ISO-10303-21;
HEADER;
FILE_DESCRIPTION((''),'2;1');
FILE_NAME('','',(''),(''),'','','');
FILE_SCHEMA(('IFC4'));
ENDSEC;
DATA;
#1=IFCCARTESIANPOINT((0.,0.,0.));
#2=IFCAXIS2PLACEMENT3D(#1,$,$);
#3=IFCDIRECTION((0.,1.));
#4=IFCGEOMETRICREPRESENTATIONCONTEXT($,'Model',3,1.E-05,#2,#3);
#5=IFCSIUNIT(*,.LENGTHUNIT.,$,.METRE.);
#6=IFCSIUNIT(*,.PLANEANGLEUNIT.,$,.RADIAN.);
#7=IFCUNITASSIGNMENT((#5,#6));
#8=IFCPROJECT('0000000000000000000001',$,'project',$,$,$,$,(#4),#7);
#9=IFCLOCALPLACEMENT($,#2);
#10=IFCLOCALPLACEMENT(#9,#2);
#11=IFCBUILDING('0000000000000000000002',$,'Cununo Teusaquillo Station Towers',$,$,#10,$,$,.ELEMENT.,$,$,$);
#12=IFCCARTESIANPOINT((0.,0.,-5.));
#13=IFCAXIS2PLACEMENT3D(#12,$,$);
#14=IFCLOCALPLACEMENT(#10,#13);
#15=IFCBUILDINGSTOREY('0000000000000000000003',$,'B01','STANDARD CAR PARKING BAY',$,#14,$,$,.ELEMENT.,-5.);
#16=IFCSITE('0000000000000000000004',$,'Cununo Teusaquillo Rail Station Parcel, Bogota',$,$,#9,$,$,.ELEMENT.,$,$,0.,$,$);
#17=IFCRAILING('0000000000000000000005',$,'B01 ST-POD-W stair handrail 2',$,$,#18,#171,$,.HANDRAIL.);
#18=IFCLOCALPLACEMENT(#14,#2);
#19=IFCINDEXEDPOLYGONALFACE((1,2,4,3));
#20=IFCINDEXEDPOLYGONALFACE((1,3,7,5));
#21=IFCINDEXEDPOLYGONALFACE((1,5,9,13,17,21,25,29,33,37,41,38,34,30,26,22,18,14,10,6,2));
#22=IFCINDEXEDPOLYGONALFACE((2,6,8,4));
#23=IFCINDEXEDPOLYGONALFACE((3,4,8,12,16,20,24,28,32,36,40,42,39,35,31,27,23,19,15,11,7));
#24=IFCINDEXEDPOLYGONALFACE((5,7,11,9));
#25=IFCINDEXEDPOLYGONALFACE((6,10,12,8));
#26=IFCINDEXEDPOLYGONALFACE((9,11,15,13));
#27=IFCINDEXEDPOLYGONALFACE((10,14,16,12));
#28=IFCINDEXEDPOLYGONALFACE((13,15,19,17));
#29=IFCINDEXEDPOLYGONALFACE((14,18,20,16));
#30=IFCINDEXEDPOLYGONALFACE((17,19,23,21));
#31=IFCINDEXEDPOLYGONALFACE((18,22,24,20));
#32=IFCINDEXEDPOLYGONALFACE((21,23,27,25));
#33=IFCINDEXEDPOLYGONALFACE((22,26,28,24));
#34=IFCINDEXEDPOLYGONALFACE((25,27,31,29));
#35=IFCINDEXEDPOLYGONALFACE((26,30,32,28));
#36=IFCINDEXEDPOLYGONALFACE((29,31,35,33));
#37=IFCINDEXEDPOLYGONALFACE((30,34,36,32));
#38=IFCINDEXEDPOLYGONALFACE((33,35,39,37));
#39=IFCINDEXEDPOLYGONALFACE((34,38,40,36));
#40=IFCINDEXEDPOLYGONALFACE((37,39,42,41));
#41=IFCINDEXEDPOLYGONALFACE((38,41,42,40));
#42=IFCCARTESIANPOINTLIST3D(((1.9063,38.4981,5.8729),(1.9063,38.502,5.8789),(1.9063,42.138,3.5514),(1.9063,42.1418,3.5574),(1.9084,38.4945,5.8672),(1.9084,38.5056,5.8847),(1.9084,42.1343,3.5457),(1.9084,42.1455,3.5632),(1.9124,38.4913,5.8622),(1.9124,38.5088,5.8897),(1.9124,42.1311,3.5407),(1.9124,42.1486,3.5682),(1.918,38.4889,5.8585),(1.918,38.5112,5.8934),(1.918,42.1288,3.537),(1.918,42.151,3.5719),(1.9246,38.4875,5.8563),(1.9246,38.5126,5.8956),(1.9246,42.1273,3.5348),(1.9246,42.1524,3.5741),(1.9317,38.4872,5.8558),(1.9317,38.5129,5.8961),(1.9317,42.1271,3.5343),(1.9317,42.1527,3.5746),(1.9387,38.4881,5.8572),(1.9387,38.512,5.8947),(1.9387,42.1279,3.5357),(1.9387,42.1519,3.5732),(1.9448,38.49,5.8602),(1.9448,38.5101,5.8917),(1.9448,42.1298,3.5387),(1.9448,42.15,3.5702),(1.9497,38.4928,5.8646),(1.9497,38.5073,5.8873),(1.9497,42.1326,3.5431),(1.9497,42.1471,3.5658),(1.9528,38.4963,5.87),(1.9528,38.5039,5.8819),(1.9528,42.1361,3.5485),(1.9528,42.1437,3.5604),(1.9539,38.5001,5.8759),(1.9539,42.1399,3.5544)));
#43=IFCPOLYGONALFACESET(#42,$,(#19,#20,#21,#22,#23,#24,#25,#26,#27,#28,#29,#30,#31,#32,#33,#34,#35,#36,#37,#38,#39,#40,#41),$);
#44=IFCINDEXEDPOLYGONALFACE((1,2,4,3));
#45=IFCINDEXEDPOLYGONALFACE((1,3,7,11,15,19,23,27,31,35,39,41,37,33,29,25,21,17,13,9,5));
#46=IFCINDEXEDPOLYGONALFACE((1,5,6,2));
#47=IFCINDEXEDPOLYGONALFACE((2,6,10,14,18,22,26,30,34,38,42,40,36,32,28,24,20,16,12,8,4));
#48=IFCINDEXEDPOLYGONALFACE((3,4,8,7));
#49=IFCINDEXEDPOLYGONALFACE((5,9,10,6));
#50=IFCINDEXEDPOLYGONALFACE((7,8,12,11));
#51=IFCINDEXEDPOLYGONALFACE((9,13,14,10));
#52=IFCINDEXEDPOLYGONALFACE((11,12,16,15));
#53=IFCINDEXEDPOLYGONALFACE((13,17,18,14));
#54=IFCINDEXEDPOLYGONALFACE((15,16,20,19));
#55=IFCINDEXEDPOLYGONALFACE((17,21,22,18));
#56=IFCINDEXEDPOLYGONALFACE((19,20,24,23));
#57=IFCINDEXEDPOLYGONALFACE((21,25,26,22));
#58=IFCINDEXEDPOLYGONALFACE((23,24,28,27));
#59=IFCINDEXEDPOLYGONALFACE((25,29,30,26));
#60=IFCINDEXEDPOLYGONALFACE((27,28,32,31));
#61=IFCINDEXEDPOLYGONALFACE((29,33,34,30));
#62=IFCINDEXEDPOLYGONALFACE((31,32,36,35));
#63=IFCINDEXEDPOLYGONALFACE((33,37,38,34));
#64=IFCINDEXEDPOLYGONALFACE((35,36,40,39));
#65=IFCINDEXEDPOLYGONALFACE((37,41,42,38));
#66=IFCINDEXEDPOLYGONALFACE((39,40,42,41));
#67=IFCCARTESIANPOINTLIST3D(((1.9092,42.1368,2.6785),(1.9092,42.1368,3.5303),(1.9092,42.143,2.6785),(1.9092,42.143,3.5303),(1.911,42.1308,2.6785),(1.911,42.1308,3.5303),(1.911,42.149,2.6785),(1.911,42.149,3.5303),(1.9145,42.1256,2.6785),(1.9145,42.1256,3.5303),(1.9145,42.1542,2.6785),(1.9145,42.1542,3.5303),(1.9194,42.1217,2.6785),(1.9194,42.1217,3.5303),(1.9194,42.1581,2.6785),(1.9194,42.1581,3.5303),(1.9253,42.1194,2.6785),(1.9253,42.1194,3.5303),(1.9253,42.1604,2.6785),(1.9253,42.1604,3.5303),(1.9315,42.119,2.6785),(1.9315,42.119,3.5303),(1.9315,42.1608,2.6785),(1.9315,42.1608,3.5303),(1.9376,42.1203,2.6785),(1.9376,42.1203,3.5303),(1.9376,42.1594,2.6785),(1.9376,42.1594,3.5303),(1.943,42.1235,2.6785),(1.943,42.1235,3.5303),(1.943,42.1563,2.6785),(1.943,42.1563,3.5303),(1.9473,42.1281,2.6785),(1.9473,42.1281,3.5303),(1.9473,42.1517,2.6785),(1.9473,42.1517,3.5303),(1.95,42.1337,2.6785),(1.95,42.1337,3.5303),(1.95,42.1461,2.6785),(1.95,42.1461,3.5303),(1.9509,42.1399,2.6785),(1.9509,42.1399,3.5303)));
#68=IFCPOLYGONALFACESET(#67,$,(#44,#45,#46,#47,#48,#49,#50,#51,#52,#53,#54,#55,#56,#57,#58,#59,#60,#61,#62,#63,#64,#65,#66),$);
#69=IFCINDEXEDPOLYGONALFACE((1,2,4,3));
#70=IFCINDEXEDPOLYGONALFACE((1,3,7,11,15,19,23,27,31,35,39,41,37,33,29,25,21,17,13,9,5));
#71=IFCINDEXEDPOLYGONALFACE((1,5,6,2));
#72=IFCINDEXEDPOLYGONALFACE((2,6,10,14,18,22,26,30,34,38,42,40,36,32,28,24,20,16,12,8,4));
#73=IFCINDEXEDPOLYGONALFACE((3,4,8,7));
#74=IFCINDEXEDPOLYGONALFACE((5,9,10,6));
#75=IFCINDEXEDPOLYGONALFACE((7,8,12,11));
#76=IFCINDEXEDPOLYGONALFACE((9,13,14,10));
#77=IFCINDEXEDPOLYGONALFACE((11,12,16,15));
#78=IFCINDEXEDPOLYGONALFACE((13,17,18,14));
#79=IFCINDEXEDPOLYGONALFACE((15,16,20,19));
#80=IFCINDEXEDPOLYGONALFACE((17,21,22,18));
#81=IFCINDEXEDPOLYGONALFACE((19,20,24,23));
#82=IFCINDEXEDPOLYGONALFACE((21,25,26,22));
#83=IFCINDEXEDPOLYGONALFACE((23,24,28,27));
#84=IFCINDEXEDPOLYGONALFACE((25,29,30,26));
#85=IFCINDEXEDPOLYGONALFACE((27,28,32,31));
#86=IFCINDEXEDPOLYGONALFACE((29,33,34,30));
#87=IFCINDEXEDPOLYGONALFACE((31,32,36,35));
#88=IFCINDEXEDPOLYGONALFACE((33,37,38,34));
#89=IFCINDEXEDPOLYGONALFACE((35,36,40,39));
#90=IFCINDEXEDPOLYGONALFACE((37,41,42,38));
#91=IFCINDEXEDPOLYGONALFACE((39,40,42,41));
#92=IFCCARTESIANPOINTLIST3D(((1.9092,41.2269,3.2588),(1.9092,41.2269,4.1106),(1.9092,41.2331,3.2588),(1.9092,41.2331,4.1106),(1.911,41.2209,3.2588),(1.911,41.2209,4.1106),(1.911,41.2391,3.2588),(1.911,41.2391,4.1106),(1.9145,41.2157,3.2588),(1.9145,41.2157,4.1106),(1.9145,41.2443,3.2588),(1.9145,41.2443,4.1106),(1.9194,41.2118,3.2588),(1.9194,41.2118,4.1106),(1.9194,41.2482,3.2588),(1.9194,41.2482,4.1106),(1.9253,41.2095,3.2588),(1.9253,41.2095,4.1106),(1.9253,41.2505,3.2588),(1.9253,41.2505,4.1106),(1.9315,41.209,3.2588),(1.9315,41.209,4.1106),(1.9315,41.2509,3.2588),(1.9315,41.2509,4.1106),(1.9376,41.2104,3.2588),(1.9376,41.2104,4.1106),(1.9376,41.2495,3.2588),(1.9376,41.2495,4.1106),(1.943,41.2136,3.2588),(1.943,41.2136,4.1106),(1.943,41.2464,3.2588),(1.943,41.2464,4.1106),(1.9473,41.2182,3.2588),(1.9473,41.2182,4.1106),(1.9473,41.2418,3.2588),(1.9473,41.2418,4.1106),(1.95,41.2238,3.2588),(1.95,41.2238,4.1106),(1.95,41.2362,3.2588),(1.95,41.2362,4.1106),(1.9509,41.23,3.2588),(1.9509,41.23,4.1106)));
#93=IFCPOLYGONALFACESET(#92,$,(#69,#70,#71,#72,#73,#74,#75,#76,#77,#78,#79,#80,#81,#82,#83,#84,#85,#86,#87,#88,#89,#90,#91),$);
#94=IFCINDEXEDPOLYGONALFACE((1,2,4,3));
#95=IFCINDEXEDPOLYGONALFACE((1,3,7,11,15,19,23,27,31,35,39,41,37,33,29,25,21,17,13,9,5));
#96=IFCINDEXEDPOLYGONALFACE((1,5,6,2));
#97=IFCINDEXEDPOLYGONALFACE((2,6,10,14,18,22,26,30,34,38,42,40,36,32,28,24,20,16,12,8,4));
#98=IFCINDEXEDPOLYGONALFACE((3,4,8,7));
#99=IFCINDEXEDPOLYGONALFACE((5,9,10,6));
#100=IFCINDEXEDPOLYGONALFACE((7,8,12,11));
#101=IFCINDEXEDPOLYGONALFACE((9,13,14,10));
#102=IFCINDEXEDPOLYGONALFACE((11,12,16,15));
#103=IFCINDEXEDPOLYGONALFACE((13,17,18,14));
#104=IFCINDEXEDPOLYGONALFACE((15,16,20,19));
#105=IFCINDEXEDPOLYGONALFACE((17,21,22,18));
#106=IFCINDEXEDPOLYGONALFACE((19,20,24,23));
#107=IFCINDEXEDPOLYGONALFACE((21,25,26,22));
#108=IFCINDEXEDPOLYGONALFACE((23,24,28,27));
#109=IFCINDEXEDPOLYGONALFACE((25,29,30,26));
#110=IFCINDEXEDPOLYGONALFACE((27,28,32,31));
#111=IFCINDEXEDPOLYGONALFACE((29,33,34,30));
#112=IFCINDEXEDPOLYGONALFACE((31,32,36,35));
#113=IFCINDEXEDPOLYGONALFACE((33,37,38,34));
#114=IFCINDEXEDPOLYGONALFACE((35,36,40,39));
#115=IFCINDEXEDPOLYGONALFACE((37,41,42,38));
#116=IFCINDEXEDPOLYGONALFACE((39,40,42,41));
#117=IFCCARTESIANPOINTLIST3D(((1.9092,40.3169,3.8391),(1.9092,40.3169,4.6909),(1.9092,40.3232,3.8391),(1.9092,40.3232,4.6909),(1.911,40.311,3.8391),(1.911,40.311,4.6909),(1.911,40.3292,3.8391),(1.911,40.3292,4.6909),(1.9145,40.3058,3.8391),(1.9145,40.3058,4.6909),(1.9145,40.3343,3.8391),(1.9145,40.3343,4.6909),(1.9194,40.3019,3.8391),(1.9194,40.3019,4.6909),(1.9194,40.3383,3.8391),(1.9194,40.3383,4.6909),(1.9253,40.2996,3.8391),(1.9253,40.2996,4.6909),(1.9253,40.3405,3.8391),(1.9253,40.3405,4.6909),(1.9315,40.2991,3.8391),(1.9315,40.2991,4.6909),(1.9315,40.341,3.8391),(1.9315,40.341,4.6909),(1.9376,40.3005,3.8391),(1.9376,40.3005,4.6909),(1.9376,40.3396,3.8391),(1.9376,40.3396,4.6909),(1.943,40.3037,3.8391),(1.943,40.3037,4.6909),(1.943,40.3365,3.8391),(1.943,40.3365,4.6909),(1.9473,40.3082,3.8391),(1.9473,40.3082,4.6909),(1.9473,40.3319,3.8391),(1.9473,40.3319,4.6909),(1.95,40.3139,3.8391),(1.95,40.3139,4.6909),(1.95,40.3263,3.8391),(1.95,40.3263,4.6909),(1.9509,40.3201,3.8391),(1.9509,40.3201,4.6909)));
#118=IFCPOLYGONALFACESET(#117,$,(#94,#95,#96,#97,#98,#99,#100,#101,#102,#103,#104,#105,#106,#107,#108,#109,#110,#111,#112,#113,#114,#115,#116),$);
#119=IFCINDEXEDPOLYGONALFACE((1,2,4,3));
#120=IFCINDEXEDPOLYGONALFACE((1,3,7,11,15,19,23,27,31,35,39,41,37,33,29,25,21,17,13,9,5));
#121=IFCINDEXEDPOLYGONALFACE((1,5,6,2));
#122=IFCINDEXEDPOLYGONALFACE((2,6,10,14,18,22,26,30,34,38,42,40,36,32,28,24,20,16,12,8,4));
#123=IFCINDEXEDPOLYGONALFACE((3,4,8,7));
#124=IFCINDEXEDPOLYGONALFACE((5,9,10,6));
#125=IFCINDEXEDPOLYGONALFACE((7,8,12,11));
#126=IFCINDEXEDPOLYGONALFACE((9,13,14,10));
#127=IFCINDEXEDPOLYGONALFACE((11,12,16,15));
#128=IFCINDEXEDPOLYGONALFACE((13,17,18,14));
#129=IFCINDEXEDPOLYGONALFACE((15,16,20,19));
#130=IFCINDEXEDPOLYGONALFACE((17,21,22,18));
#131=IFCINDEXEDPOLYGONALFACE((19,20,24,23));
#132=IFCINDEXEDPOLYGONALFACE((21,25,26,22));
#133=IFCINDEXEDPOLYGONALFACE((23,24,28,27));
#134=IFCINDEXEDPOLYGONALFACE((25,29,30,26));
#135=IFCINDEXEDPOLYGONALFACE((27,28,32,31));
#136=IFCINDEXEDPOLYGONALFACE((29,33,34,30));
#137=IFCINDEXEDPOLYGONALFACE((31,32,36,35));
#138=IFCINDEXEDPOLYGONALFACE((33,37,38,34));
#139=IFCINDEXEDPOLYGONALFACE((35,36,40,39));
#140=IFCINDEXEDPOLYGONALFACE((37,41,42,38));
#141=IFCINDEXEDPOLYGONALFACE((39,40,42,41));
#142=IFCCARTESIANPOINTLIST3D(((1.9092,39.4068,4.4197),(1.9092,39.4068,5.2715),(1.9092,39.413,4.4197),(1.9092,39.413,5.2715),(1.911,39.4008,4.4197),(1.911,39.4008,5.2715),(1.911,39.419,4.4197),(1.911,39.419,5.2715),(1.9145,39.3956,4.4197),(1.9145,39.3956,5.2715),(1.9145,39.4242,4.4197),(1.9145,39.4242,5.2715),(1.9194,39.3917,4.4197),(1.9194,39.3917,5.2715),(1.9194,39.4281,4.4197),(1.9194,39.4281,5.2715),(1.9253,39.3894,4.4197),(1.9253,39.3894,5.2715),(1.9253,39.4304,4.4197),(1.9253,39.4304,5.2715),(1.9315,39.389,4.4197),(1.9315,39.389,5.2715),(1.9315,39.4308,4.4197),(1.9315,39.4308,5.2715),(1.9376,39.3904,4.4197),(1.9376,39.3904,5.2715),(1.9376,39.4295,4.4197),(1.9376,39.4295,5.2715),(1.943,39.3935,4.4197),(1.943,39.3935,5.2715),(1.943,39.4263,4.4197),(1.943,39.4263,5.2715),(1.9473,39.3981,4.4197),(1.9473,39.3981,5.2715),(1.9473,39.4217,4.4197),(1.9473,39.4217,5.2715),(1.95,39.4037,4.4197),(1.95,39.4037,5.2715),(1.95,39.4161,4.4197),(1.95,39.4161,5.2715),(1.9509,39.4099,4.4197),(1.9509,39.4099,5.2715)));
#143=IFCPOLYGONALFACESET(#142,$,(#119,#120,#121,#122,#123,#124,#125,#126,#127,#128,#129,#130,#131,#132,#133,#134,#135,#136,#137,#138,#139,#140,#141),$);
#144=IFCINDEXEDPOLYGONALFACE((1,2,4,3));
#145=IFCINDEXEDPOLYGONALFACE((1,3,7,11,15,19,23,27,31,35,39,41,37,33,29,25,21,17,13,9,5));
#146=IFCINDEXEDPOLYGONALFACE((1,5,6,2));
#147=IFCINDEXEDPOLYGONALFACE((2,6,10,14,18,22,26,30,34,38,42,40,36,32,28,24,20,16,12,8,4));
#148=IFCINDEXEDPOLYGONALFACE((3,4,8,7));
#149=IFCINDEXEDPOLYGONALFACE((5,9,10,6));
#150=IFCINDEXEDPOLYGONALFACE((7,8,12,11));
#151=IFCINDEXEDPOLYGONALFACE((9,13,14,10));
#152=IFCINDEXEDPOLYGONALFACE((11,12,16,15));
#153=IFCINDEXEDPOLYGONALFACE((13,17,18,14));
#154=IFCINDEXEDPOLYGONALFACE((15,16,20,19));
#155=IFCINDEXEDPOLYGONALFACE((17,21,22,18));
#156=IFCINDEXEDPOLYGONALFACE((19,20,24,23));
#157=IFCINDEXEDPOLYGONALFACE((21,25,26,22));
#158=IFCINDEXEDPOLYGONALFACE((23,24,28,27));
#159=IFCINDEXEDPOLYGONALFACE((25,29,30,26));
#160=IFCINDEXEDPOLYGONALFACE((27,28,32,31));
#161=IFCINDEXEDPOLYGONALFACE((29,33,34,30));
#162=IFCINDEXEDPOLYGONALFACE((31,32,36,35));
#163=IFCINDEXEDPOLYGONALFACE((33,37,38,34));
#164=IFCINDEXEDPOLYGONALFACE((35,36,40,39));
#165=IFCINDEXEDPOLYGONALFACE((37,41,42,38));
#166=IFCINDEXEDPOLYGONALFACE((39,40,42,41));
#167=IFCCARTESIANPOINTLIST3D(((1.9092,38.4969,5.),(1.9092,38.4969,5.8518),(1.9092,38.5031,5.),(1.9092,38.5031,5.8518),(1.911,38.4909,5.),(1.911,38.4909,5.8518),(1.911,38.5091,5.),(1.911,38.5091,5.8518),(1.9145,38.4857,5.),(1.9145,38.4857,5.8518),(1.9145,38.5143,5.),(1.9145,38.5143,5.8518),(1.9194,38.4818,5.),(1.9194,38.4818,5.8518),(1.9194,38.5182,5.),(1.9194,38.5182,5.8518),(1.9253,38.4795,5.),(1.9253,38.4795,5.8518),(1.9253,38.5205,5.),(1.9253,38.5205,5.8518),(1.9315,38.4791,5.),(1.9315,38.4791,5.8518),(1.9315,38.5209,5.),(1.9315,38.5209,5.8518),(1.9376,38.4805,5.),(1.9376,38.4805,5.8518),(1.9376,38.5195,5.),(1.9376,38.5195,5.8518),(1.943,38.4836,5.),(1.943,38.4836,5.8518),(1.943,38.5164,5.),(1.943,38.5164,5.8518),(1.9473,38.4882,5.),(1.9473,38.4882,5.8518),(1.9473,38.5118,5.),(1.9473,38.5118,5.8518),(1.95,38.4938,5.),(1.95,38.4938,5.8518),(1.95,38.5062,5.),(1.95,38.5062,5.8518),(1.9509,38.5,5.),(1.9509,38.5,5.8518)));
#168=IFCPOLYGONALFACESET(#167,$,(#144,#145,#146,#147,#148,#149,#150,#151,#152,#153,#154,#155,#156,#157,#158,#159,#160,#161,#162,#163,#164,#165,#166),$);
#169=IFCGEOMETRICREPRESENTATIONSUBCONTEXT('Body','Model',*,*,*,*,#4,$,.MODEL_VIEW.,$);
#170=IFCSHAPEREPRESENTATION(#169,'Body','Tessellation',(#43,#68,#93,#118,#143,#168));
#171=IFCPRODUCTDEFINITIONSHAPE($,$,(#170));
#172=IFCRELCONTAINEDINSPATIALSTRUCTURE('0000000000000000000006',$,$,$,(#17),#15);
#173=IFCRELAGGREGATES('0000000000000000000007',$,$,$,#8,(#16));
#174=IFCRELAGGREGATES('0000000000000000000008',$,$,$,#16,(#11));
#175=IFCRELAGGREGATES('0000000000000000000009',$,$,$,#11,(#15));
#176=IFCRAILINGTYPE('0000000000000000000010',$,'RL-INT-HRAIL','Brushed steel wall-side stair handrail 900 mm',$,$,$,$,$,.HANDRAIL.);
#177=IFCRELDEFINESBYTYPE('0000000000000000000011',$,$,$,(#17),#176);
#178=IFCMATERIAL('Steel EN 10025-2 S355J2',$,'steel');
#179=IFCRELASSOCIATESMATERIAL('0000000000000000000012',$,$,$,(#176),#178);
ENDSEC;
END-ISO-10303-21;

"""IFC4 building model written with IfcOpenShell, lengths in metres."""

from ifc_helpers import new_model, si_unit, direction, frame, origin, origin_2d, place, context, subcontext, project, spatial, circle, extrude, material, type_object, element, save


model = new_model("IFC4")

# Units and contexts
model_context = context("Model", 3, precision=1e-05, world=origin(), true_north=direction((0.0, 1.0)))
body_context = subcontext(model_context, "Body", "Model", "MODEL_VIEW")
ifc_project = project(units=[si_unit("LENGTHUNIT", "METRE"), si_unit("PLANEANGLEUNIT", "RADIAN")], contexts=[model_context])

# Site, building, storey
site_placement = place(None, origin())
site = spatial("IfcSite", under=ifc_project, at=site_placement, Name="Cununo Teusaquillo Rail Station Parcel, Bogota", CompositionType="ELEMENT", RefElevation=0.0)
building_placement = place(site_placement, origin())
building = spatial("IfcBuilding", under=site, at=building_placement, Name="Cununo Teusaquillo Station Towers", CompositionType="ELEMENT")
storey_placement = place(building_placement, frame((0.0, 0.0, -5.0)))
storey = spatial("IfcBuildingStorey", under=building, at=storey_placement, Name="B01", Description="STANDARD CAR PARKING BAY", CompositionType="ELEMENT", Elevation=-5.0)

# Railing
ifc_material_1 = material(Name="Steel EN 10025-2 S355J2", Category="steel")
railing_type_1 = type_object("IfcRailingType", Name="RL-INT-HRAIL", Description="Brushed steel wall-side stair handrail 900 mm", PredefinedType="HANDRAIL", material=ifc_material_1)
railing_1_placement = place(storey_placement, frame((1.9299, 42.1399, 2.6785)))
element("IfcRailing", 1, at=railing_1_placement, inside=storey, type_object=railing_type_1, Name="B01 ST-POD-W stair handrail 2", PredefinedType="HANDRAIL", context=body_context, shape_type="SweptSolid", body=[
    extrude(circle(Radius=0.0239, at=origin_2d()), frame((0.0, 0.0, 0.876), z_axis=(0.0, -0.843112, 0.537739), x_axis=(1.0, 0.0, 0.0)), (0.0, 0.0, 1.0), 4.3171),
    extrude(circle(Radius=0.021, at=origin_2d()), origin(), (0.0, 0.0, 1.0), 0.8518),
    extrude(circle(Radius=0.021, at=origin_2d()), frame((0.0, -0.9099, 0.5803)), (0.0, 0.0, 1.0), 0.8518),
    extrude(circle(Radius=0.021, at=origin_2d()), frame((0.0, -1.8198, 1.1606)), (0.0, 0.0, 1.0), 0.8518),
    extrude(circle(Radius=0.021, at=origin_2d()), frame((0.0, -2.73, 1.7412)), (0.0, 0.0, 1.0), 0.8518),
    extrude(circle(Radius=0.021, at=origin_2d()), frame((0.0, -3.6399, 2.3215)), (0.0, 0.0, 1.0), 0.8518),
])

save(model, "model.ifc")
